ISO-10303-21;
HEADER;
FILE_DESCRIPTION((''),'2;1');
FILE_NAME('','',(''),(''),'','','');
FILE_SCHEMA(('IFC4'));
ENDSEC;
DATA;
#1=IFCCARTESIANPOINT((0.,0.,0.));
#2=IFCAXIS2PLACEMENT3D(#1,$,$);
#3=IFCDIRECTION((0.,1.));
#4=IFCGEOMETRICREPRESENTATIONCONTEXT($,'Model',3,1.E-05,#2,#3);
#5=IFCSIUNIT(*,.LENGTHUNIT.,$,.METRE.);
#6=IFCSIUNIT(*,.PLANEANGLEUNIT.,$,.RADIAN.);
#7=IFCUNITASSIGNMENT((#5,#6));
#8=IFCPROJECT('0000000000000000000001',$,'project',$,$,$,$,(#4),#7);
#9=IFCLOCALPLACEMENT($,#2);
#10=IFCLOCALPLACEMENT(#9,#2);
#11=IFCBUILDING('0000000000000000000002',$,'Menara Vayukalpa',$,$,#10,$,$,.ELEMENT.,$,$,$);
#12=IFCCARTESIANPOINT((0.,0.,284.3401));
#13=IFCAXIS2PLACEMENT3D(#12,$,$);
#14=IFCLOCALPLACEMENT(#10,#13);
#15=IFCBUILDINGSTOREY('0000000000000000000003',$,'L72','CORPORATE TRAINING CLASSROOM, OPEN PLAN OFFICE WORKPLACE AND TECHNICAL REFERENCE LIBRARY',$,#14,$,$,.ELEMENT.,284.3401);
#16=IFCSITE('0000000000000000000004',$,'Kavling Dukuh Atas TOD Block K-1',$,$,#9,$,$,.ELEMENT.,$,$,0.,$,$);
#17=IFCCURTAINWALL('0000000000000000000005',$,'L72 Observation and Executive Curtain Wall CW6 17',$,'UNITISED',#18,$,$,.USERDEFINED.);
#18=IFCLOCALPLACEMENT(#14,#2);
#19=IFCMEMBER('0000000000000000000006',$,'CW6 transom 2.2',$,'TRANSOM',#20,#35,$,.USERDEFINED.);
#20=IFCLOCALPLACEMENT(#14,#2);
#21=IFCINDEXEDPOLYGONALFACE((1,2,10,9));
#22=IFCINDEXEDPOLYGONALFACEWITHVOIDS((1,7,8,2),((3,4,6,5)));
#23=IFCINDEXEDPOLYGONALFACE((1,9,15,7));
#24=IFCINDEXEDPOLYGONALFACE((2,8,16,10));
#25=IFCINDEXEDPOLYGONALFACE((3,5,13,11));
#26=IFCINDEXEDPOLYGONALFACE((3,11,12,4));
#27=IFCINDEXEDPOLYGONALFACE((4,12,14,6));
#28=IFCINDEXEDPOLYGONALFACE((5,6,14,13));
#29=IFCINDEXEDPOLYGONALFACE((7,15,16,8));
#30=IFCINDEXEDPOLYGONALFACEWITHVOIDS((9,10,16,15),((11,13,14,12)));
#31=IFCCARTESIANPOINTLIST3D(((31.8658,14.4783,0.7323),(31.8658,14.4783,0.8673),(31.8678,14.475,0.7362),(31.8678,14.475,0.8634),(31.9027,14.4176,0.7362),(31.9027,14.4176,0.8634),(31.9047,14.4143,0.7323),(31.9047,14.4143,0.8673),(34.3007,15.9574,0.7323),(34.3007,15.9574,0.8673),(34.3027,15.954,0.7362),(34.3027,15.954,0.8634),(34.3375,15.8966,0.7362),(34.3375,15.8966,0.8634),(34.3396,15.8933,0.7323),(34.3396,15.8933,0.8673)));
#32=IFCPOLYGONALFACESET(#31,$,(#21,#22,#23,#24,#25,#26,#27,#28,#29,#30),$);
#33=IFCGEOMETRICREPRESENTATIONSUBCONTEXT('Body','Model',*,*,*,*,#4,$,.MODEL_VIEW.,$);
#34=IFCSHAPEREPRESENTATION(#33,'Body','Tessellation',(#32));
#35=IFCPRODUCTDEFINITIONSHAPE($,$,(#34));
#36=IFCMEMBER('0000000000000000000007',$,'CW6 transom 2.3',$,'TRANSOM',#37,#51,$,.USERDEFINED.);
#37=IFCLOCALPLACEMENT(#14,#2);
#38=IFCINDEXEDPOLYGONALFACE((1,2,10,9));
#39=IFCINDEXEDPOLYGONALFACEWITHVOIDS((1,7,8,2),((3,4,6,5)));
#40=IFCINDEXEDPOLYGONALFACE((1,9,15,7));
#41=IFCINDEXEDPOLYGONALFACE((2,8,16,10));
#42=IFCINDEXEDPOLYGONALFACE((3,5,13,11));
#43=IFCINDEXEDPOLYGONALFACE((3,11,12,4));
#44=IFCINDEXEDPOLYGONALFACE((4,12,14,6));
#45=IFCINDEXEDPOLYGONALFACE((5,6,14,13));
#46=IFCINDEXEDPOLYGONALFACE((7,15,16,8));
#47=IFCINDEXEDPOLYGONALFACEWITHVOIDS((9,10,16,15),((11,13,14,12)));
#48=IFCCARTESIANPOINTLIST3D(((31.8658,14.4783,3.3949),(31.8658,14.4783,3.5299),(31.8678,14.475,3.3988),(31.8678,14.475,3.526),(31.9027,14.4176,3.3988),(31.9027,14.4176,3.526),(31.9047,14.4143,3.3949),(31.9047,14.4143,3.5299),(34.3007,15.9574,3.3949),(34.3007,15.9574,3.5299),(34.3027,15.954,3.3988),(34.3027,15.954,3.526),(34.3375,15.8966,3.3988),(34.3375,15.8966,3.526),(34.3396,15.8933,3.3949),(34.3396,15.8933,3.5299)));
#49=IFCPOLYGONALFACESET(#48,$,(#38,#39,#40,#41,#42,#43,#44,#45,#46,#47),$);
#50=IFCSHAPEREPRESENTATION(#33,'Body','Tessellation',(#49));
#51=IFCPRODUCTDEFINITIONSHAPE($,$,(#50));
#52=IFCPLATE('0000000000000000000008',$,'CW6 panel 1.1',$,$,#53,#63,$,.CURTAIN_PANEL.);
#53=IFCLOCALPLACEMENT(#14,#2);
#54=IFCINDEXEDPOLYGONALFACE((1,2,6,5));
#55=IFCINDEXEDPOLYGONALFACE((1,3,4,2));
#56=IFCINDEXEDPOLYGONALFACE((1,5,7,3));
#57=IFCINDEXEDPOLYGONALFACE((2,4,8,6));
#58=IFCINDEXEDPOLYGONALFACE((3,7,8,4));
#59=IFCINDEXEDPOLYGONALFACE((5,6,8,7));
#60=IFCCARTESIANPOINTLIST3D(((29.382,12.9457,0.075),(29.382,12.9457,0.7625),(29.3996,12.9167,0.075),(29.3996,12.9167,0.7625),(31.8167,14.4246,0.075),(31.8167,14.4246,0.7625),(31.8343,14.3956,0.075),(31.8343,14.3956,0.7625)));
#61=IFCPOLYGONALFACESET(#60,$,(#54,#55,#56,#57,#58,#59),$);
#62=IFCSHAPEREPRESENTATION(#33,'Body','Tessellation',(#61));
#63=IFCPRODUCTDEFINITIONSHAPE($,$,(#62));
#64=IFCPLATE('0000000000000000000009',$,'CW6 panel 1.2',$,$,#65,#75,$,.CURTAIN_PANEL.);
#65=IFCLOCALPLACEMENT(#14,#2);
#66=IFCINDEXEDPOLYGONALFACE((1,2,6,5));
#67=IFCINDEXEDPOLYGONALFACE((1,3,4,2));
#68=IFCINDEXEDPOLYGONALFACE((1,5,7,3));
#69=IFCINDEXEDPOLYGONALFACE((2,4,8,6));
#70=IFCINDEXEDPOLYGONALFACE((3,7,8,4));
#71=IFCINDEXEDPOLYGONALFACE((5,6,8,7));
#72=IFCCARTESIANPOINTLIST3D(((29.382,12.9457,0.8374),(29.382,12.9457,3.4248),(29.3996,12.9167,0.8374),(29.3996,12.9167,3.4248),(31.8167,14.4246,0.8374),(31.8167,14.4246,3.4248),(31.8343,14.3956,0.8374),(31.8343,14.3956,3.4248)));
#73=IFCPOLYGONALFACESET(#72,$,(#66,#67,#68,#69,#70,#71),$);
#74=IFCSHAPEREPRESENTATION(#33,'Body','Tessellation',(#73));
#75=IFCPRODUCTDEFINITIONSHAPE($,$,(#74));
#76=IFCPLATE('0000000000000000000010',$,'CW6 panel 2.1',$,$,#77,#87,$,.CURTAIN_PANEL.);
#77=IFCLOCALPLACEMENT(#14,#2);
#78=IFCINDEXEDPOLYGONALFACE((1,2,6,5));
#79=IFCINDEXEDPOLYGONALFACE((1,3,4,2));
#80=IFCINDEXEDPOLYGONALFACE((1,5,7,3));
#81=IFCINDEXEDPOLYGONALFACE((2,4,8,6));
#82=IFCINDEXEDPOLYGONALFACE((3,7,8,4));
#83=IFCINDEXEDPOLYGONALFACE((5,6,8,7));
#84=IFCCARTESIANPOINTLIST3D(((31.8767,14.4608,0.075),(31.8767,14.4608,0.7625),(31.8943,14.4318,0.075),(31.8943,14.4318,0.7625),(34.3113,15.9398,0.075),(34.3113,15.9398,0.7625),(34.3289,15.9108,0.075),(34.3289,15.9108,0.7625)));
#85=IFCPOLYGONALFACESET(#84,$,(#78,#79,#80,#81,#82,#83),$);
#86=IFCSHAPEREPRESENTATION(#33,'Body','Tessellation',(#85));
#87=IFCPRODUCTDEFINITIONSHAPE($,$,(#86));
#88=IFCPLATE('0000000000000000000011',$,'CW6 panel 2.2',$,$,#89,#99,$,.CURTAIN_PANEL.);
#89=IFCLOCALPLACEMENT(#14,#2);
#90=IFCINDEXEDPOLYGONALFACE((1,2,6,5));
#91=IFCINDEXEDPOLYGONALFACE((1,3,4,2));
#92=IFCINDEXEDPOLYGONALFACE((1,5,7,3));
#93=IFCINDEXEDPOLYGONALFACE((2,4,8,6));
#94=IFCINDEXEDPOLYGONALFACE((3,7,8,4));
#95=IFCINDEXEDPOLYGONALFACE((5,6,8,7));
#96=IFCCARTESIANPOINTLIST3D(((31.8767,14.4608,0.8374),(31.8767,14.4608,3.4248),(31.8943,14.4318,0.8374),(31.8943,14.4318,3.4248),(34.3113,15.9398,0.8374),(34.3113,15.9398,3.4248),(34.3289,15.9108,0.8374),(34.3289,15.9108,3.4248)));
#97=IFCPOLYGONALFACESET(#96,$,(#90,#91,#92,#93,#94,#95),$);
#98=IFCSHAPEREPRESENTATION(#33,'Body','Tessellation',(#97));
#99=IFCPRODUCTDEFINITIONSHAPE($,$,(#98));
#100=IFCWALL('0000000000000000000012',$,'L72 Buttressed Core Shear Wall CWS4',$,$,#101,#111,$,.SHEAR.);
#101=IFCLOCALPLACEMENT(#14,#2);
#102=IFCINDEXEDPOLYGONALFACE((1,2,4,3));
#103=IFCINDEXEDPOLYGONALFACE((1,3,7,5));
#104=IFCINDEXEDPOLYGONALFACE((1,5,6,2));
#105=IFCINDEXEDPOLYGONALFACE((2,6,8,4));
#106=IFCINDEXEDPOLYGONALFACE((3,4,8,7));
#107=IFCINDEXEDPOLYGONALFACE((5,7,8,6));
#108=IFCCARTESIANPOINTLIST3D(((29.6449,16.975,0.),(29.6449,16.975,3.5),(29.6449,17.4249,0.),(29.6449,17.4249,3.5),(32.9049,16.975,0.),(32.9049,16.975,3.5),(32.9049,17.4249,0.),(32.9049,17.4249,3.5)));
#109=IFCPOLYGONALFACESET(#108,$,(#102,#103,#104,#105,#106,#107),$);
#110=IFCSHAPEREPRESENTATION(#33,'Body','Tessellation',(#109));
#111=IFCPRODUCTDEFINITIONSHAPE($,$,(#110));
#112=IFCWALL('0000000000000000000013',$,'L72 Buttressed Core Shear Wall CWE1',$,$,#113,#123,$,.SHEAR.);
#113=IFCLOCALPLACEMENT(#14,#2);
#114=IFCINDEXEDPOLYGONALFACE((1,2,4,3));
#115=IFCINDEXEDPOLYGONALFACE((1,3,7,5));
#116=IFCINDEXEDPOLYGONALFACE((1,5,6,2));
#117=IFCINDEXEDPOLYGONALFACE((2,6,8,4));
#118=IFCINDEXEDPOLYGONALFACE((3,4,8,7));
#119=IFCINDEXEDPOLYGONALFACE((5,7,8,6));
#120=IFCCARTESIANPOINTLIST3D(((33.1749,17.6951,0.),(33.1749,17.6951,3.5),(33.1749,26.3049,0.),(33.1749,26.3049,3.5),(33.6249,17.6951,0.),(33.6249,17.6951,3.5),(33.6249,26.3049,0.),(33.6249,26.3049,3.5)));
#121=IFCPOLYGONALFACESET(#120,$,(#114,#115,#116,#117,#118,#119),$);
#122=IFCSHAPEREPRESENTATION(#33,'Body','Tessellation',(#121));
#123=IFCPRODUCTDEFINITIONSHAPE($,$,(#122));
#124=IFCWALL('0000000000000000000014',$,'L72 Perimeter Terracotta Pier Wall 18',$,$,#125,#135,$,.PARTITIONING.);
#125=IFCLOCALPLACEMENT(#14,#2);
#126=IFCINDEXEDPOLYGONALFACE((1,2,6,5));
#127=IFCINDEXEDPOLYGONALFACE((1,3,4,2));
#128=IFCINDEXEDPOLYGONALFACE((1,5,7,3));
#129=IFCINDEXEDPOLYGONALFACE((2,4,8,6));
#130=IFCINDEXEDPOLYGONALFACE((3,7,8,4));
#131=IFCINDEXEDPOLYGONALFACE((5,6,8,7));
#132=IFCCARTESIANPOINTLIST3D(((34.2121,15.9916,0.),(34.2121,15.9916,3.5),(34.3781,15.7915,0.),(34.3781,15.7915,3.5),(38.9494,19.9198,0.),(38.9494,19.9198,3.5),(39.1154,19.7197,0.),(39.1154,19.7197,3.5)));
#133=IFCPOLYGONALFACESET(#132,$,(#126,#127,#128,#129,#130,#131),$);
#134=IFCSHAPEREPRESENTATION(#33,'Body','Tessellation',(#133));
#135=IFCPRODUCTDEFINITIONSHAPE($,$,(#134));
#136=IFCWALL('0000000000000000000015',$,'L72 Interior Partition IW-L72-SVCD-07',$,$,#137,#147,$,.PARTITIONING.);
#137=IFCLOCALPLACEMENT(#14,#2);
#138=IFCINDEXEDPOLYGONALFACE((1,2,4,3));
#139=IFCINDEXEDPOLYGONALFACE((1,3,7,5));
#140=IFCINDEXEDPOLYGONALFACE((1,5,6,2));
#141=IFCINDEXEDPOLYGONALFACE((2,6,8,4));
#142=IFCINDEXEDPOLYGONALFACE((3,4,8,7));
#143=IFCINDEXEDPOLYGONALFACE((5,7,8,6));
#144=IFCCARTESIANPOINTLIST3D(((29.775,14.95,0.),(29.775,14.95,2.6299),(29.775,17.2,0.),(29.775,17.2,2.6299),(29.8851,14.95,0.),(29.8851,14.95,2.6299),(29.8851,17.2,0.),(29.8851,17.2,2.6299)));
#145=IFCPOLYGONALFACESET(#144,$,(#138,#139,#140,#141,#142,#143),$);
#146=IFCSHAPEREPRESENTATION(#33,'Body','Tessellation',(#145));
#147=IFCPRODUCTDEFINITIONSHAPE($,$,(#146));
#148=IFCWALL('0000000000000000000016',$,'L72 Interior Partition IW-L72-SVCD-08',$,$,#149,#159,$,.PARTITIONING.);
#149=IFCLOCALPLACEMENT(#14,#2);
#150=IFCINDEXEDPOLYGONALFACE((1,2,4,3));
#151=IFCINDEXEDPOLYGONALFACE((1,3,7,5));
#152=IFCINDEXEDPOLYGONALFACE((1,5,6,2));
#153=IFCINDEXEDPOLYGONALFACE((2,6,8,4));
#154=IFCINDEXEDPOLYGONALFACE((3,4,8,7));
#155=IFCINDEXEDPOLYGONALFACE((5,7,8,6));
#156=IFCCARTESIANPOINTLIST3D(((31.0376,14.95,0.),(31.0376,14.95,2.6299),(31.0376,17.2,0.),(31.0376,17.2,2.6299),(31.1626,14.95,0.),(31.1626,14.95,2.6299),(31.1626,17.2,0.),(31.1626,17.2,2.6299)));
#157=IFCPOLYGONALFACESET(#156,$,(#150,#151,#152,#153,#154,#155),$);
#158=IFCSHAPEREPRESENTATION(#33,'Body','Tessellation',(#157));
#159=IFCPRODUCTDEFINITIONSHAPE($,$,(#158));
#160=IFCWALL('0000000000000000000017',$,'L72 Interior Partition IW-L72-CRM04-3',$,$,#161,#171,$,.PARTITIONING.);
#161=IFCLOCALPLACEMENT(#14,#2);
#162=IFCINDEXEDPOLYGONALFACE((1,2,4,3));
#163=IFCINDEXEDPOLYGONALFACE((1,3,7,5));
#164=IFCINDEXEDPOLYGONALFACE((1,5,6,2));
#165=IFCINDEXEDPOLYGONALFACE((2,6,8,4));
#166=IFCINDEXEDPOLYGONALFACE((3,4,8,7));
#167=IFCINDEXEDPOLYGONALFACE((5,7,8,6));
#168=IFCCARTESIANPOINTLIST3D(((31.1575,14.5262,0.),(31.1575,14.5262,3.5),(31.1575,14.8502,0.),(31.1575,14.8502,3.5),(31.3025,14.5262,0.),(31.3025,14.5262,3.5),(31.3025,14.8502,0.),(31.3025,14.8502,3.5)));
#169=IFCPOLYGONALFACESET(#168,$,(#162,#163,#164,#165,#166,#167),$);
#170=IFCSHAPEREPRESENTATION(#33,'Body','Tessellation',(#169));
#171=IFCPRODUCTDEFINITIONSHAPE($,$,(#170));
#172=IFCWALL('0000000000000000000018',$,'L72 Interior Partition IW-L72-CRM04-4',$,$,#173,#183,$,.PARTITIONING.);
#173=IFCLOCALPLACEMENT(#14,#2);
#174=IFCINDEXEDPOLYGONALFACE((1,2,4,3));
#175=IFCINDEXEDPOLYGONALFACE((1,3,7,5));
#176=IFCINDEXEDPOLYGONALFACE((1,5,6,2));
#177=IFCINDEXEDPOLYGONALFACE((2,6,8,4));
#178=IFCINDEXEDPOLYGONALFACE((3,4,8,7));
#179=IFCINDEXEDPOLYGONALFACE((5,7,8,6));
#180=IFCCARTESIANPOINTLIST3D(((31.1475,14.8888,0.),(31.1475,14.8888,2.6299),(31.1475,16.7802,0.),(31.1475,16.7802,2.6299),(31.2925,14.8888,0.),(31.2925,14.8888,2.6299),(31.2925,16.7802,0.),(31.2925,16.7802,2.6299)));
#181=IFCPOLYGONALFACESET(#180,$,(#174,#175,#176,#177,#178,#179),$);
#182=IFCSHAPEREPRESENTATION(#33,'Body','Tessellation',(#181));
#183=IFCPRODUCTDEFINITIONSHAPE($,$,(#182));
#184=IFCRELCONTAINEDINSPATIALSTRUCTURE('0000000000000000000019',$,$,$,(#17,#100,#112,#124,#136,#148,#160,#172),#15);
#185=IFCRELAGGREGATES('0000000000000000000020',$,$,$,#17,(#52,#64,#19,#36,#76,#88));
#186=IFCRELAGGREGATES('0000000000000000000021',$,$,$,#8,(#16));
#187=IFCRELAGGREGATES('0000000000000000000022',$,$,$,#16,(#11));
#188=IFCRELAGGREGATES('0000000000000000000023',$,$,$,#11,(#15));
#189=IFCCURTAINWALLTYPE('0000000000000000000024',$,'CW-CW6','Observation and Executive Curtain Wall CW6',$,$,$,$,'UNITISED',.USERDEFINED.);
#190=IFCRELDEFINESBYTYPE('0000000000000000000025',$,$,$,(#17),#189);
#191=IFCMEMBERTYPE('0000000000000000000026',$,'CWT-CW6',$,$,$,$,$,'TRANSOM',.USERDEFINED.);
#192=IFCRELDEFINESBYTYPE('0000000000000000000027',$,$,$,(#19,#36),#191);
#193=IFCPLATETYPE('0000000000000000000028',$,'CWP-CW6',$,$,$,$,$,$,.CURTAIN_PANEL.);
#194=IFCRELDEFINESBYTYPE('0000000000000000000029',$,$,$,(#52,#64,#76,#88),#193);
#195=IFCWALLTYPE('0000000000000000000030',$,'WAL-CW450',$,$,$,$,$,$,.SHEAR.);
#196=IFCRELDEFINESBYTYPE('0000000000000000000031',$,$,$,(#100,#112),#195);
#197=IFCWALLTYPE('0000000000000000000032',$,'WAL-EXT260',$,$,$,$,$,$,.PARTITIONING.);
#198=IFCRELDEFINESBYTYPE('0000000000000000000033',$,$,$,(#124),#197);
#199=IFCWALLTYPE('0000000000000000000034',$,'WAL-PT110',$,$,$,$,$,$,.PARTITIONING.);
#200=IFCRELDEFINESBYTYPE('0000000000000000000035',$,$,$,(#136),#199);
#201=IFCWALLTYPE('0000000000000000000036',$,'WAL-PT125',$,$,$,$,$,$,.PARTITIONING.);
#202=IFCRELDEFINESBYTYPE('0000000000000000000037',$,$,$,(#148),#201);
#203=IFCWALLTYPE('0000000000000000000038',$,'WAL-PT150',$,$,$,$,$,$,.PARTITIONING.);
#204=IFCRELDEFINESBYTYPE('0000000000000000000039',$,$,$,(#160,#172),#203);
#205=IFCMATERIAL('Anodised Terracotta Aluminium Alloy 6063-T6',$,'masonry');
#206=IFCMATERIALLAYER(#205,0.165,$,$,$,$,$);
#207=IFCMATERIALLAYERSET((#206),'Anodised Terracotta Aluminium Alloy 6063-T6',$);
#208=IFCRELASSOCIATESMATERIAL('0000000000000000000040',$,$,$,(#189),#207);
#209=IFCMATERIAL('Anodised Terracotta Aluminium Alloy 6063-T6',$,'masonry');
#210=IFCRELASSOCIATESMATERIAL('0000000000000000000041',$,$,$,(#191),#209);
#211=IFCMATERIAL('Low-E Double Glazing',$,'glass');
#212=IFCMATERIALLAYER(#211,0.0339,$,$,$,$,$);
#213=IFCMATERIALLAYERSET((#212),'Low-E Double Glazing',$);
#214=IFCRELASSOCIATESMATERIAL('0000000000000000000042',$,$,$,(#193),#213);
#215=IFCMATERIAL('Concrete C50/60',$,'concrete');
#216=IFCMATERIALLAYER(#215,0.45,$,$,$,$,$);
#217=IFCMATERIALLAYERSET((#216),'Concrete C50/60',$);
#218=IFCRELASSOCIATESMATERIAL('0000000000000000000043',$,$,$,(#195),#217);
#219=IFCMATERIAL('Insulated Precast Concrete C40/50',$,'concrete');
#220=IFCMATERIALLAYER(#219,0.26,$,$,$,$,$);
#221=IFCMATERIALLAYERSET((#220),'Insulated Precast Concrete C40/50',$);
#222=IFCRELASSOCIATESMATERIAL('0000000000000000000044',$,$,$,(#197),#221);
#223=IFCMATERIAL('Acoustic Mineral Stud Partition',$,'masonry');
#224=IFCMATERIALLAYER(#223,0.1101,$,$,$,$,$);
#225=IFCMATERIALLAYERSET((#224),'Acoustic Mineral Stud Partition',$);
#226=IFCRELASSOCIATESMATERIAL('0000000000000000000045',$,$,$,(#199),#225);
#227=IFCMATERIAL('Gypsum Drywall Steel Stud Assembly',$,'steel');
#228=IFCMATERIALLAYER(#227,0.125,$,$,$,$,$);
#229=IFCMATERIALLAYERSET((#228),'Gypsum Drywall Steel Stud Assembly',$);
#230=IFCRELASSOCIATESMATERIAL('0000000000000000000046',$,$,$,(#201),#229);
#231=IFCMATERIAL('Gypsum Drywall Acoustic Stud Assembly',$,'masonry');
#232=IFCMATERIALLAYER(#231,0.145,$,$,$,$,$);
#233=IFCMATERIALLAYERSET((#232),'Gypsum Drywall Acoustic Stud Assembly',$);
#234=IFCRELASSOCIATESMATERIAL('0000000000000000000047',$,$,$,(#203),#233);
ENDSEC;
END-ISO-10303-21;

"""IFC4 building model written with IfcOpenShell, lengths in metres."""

from ifc_helpers import new_model, si_unit, direction, frame, frame_2d, origin, origin_2d, place, context, subcontext, project, spatial, rectangle, hollow_rectangle, extrude, material, layer, layer_set, material_profile, profile_set, type_object, element, aggregate, save


model = new_model("IFC4")

# Units and contexts
model_context = context("Model", 3, precision=1e-05, world=origin(), true_north=direction((0.0, 1.0)))
body_context = subcontext(model_context, "Body", "Model", "MODEL_VIEW")
ifc_project = project(units=[si_unit("LENGTHUNIT", "METRE"), si_unit("PLANEANGLEUNIT", "RADIAN")], contexts=[model_context])

# Site, building, storey
site_placement = place(None, origin())
site = spatial("IfcSite", under=ifc_project, at=site_placement, Name="Kavling Dukuh Atas TOD Block K-1", CompositionType="ELEMENT", RefElevation=0.0)
building_placement = place(site_placement, origin())
building = spatial("IfcBuilding", under=site, at=building_placement, Name="Menara Vayukalpa", CompositionType="ELEMENT")
storey_placement = place(building_placement, frame((0.0, 0.0, 284.3401)))
storey = spatial("IfcBuildingStorey", under=building, at=storey_placement, Name="L72", Description="CORPORATE TRAINING CLASSROOM, OPEN PLAN OFFICE WORKPLACE AND TECHNICAL REFERENCE LIBRARY", CompositionType="ELEMENT", Elevation=284.3401)

# Curtain wall, members, plates
ifc_material_1 = material(Name="Anodised Terracotta Aluminium Alloy 6063-T6", Category="masonry")
ifc_layer_1 = layer(ifc_material_1, 0.165)
ifc_layer_set_1 = layer_set([ifc_layer_1], Name="Anodised Terracotta Aluminium Alloy 6063-T6")
curtain_wall_type = type_object("IfcCurtainWallType", Name="CW-CW6", Description="Observation and Executive Curtain Wall CW6", ElementType="UNITISED", PredefinedType="USERDEFINED", material=ifc_layer_set_1)
curtain_wall_placement = place(storey_placement, origin())
curtain_wall = element("IfcCurtainWall", 1, at=curtain_wall_placement, inside=storey, type_object=curtain_wall_type, Name="L72 Observation and Executive Curtain Wall CW6 17", ObjectType="UNITISED", PredefinedType="USERDEFINED")
ifc_material_2 = material(Name="Anodised Terracotta Aluminium Alloy 6063-T6", Category="masonry")
ifc_material_profile_1 = material_profile(ifc_material_2, hollow_rectangle(XDim=0.075, YDim=0.135, WallThickness=0.0039, at=origin_2d()), Name="ALU 75x135x4")
ifc_profile_set_1 = profile_set([ifc_material_profile_1], Name="Anodised Terracotta Aluminium Alloy 6063-T6")
member_type_1 = type_object("IfcMemberType", Name="CWT-CW6", ElementType="TRANSOM", PredefinedType="USERDEFINED", material=ifc_profile_set_1)
member_1_placement = place(storey_placement, frame((31.8853, 14.4463, 0.7998), z_axis=(0.854675, 0.519164, 0.0), x_axis=(-0.519164, 0.854675, 0.0)))
member_1 = element("IfcMember", 2, at=member_1_placement, type_object=member_type_1, Name="CW6 transom 2.2", ObjectType="TRANSOM", PredefinedType="USERDEFINED", context=body_context, shape_type="SweptSolid", body=[
    extrude(hollow_rectangle(XDim=0.075, YDim=0.135, WallThickness=0.0039, at=origin_2d()), origin(), (0.0, 0.0, 1.0), 2.8489),
])
member_2_placement = place(storey_placement, frame((31.8853, 14.4463, 3.4624), z_axis=(0.854675, 0.519164, 0.0), x_axis=(-0.519164, 0.854675, 0.0)))
member_2 = element("IfcMember", 3, at=member_2_placement, type_object=member_type_1, Name="CW6 transom 2.3", ObjectType="TRANSOM", PredefinedType="USERDEFINED", context=body_context, shape_type="SweptSolid", body=[
    extrude(hollow_rectangle(XDim=0.075, YDim=0.135, WallThickness=0.0039, at=origin_2d()), origin(), (0.0, 0.0, 1.0), 2.8489),
])
ifc_material_3 = material(Name="Low-E Double Glazing", Category="glass")
ifc_layer_2 = layer(ifc_material_3, 0.0339)
ifc_layer_set_2 = layer_set([ifc_layer_2], Name="Low-E Double Glazing")
plate_type = type_object("IfcPlateType", Name="CWP-CW6", PredefinedType="CURTAIN_PANEL", material=ifc_layer_set_2)
plate_1_placement = place(storey_placement, frame((30.6082, 13.6707, 0.075), z_axis=(0.0, 0.0, 1.0), x_axis=(0.854668, 0.519176, 0.0)))
plate_1 = element("IfcPlate", 4, at=plate_1_placement, type_object=plate_type, Name="CW6 panel 1.1", PredefinedType="CURTAIN_PANEL", context=body_context, shape_type="SweptSolid", body=[
    extrude(rectangle(XDim=2.8486, YDim=0.0339, at=origin_2d()), origin(), (0.0, 0.0, 1.0), 0.6875),
])
plate_2_placement = place(storey_placement, frame((30.6082, 13.6707, 0.8374), z_axis=(0.0, 0.0, 1.0), x_axis=(0.854668, 0.519176, 0.0)))
plate_2 = element("IfcPlate", 5, at=plate_2_placement, type_object=plate_type, Name="CW6 panel 1.2", PredefinedType="CURTAIN_PANEL", context=body_context, shape_type="SweptSolid", body=[
    extrude(rectangle(XDim=2.8486, YDim=0.0339, at=origin_2d()), origin(), (0.0, 0.0, 1.0), 2.5874),
])
plate_3_placement = place(storey_placement, frame((33.1028, 15.1858, 0.075), z_axis=(0.0, 0.0, 1.0), x_axis=(0.854668, 0.519176, 0.0)))
plate_3 = element("IfcPlate", 6, at=plate_3_placement, type_object=plate_type, Name="CW6 panel 2.1", PredefinedType="CURTAIN_PANEL", context=body_context, shape_type="SweptSolid", body=[
    extrude(rectangle(XDim=2.8486, YDim=0.0339, at=origin_2d()), origin(), (0.0, 0.0, 1.0), 0.6875),
])
plate_4_placement = place(storey_placement, frame((33.1028, 15.1858, 0.8374), z_axis=(0.0, 0.0, 1.0), x_axis=(0.854668, 0.519176, 0.0)))
plate_4 = element("IfcPlate", 7, at=plate_4_placement, type_object=plate_type, Name="CW6 panel 2.2", PredefinedType="CURTAIN_PANEL", context=body_context, shape_type="SweptSolid", body=[
    extrude(rectangle(XDim=2.8486, YDim=0.0339, at=origin_2d()), origin(), (0.0, 0.0, 1.0), 2.5874),
])
aggregate(curtain_wall, [plate_1, plate_2, member_1, member_2, plate_3, plate_4])

# Walls
ifc_material_4 = material(Name="Concrete C50/60", Category="concrete")
ifc_layer_3 = layer(ifc_material_4, 0.45)
ifc_layer_set_3 = layer_set([ifc_layer_3], Name="Concrete C50/60")
wall_type_1 = type_object("IfcWallType", Name="WAL-CW450", PredefinedType="SHEAR", material=ifc_layer_set_3)
wall_1_placement = place(storey_placement, frame((29.645, 17.2, 0.0), z_axis=(0.0, 0.0, 1.0), x_axis=(1.0, 0.0, 0.0)))
element("IfcWall", 8, at=wall_1_placement, inside=storey, type_object=wall_type_1, Name="L72 Buttressed Core Shear Wall CWS4", PredefinedType="SHEAR", context=body_context, shape_type="SweptSolid", body=[
    extrude(rectangle(XDim=3.26, YDim=0.45, at=frame_2d((1.6299, 0.0))), origin(), (0.0, 0.0, 1.0), 3.5),
])
wall_2_placement = place(storey_placement, frame((33.3999, 17.6951, 0.0), z_axis=(0.0, 0.0, 1.0), x_axis=(0.0, 1.0, 0.0)))
element("IfcWall", 9, at=wall_2_placement, inside=storey, type_object=wall_type_1, Name="L72 Buttressed Core Shear Wall CWE1", PredefinedType="SHEAR", context=body_context, shape_type="SweptSolid", body=[
    extrude(rectangle(XDim=8.6099, YDim=0.45, at=frame_2d((4.3049, 0.0))), origin(), (0.0, 0.0, 1.0), 3.5),
])
ifc_material_5 = material(Name="Insulated Precast Concrete C40/50", Category="concrete")
ifc_layer_4 = layer(ifc_material_5, 0.26)
ifc_layer_set_4 = layer_set([ifc_layer_4], Name="Insulated Precast Concrete C40/50")
wall_type_2 = type_object("IfcWallType", Name="WAL-EXT260", PredefinedType="PARTITIONING", material=ifc_layer_set_4)
wall_3_placement = place(storey_placement, frame((39.0325, 19.8198, 0.0), z_axis=(0.0, 0.0, 1.0), x_axis=(-0.76978, -0.638309, 0.0)))
element("IfcWall", 10, at=wall_3_placement, inside=storey, type_object=wall_type_2, Name="L72 Perimeter Terracotta Pier Wall 18", PredefinedType="PARTITIONING", context=body_context, shape_type="SweptSolid", body=[
    extrude(rectangle(XDim=6.1541, YDim=0.26, at=frame_2d((3.0771, 0.0))), origin(), (0.0, 0.0, 1.0), 3.5),
])
ifc_material_6 = material(Name="Acoustic Mineral Stud Partition", Category="masonry")
ifc_layer_5 = layer(ifc_material_6, 0.1101)
ifc_layer_set_5 = layer_set([ifc_layer_5], Name="Acoustic Mineral Stud Partition")
wall_type_3 = type_object("IfcWallType", Name="WAL-PT110", PredefinedType="PARTITIONING", material=ifc_layer_set_5)
wall_4_placement = place(storey_placement, frame((29.8301, 14.95, 0.0), z_axis=(0.0, 0.0, 1.0), x_axis=(0.0, 1.0, 0.0)))
element("IfcWall", 11, at=wall_4_placement, inside=storey, type_object=wall_type_3, Name="L72 Interior Partition IW-L72-SVCD-07", PredefinedType="PARTITIONING", context=body_context, shape_type="SweptSolid", body=[
    extrude(rectangle(XDim=2.25, YDim=0.1101, at=frame_2d((1.125, 0.0))), origin(), (0.0, 0.0, 1.0), 2.6299),
])
ifc_material_7 = material(Name="Gypsum Drywall Steel Stud Assembly", Category="steel")
ifc_layer_6 = layer(ifc_material_7, 0.125)
ifc_layer_set_6 = layer_set([ifc_layer_6], Name="Gypsum Drywall Steel Stud Assembly")
wall_type_4 = type_object("IfcWallType", Name="WAL-PT125", PredefinedType="PARTITIONING", material=ifc_layer_set_6)
wall_5_placement = place(storey_placement, frame((31.1001, 14.95, 0.0), z_axis=(0.0, 0.0, 1.0), x_axis=(0.0, 1.0, 0.0)))
element("IfcWall", 12, at=wall_5_placement, inside=storey, type_object=wall_type_4, Name="L72 Interior Partition IW-L72-SVCD-08", PredefinedType="PARTITIONING", context=body_context, shape_type="SweptSolid", body=[
    extrude(rectangle(XDim=2.25, YDim=0.125, at=frame_2d((1.125, 0.0))), origin(), (0.0, 0.0, 1.0), 2.6299),
])
ifc_material_8 = material(Name="Gypsum Drywall Acoustic Stud Assembly", Category="masonry")
ifc_layer_7 = layer(ifc_material_8, 0.145)
ifc_layer_set_7 = layer_set([ifc_layer_7], Name="Gypsum Drywall Acoustic Stud Assembly")
wall_type_5 = type_object("IfcWallType", Name="WAL-PT150", PredefinedType="PARTITIONING", material=ifc_layer_set_7)
wall_6_placement = place(storey_placement, frame((31.23, 14.5261, 0.0), z_axis=(0.0, 0.0, 1.0), x_axis=(0.0, 1.0, 0.0)))
element("IfcWall", 13, at=wall_6_placement, inside=storey, type_object=wall_type_5, Name="L72 Interior Partition IW-L72-CRM04-3", PredefinedType="PARTITIONING", context=body_context, shape_type="SweptSolid", body=[
    extrude(rectangle(XDim=0.324, YDim=0.145, at=frame_2d((0.1621, 0.0))), origin(), (0.0, 0.0, 1.0), 3.5),
])
wall_7_placement = place(storey_placement, frame((31.22, 14.8887, 0.0), z_axis=(0.0, 0.0, 1.0), x_axis=(0.0, 1.0, 0.0)))
element("IfcWall", 14, at=wall_7_placement, inside=storey, type_object=wall_type_5, Name="L72 Interior Partition IW-L72-CRM04-4", PredefinedType="PARTITIONING", context=body_context, shape_type="SweptSolid", body=[
    extrude(rectangle(XDim=1.8914, YDim=0.145, at=frame_2d((0.9458, 0.0))), origin(), (0.0, 0.0, 1.0), 2.6299),
])

save(model, "model.ifc")
